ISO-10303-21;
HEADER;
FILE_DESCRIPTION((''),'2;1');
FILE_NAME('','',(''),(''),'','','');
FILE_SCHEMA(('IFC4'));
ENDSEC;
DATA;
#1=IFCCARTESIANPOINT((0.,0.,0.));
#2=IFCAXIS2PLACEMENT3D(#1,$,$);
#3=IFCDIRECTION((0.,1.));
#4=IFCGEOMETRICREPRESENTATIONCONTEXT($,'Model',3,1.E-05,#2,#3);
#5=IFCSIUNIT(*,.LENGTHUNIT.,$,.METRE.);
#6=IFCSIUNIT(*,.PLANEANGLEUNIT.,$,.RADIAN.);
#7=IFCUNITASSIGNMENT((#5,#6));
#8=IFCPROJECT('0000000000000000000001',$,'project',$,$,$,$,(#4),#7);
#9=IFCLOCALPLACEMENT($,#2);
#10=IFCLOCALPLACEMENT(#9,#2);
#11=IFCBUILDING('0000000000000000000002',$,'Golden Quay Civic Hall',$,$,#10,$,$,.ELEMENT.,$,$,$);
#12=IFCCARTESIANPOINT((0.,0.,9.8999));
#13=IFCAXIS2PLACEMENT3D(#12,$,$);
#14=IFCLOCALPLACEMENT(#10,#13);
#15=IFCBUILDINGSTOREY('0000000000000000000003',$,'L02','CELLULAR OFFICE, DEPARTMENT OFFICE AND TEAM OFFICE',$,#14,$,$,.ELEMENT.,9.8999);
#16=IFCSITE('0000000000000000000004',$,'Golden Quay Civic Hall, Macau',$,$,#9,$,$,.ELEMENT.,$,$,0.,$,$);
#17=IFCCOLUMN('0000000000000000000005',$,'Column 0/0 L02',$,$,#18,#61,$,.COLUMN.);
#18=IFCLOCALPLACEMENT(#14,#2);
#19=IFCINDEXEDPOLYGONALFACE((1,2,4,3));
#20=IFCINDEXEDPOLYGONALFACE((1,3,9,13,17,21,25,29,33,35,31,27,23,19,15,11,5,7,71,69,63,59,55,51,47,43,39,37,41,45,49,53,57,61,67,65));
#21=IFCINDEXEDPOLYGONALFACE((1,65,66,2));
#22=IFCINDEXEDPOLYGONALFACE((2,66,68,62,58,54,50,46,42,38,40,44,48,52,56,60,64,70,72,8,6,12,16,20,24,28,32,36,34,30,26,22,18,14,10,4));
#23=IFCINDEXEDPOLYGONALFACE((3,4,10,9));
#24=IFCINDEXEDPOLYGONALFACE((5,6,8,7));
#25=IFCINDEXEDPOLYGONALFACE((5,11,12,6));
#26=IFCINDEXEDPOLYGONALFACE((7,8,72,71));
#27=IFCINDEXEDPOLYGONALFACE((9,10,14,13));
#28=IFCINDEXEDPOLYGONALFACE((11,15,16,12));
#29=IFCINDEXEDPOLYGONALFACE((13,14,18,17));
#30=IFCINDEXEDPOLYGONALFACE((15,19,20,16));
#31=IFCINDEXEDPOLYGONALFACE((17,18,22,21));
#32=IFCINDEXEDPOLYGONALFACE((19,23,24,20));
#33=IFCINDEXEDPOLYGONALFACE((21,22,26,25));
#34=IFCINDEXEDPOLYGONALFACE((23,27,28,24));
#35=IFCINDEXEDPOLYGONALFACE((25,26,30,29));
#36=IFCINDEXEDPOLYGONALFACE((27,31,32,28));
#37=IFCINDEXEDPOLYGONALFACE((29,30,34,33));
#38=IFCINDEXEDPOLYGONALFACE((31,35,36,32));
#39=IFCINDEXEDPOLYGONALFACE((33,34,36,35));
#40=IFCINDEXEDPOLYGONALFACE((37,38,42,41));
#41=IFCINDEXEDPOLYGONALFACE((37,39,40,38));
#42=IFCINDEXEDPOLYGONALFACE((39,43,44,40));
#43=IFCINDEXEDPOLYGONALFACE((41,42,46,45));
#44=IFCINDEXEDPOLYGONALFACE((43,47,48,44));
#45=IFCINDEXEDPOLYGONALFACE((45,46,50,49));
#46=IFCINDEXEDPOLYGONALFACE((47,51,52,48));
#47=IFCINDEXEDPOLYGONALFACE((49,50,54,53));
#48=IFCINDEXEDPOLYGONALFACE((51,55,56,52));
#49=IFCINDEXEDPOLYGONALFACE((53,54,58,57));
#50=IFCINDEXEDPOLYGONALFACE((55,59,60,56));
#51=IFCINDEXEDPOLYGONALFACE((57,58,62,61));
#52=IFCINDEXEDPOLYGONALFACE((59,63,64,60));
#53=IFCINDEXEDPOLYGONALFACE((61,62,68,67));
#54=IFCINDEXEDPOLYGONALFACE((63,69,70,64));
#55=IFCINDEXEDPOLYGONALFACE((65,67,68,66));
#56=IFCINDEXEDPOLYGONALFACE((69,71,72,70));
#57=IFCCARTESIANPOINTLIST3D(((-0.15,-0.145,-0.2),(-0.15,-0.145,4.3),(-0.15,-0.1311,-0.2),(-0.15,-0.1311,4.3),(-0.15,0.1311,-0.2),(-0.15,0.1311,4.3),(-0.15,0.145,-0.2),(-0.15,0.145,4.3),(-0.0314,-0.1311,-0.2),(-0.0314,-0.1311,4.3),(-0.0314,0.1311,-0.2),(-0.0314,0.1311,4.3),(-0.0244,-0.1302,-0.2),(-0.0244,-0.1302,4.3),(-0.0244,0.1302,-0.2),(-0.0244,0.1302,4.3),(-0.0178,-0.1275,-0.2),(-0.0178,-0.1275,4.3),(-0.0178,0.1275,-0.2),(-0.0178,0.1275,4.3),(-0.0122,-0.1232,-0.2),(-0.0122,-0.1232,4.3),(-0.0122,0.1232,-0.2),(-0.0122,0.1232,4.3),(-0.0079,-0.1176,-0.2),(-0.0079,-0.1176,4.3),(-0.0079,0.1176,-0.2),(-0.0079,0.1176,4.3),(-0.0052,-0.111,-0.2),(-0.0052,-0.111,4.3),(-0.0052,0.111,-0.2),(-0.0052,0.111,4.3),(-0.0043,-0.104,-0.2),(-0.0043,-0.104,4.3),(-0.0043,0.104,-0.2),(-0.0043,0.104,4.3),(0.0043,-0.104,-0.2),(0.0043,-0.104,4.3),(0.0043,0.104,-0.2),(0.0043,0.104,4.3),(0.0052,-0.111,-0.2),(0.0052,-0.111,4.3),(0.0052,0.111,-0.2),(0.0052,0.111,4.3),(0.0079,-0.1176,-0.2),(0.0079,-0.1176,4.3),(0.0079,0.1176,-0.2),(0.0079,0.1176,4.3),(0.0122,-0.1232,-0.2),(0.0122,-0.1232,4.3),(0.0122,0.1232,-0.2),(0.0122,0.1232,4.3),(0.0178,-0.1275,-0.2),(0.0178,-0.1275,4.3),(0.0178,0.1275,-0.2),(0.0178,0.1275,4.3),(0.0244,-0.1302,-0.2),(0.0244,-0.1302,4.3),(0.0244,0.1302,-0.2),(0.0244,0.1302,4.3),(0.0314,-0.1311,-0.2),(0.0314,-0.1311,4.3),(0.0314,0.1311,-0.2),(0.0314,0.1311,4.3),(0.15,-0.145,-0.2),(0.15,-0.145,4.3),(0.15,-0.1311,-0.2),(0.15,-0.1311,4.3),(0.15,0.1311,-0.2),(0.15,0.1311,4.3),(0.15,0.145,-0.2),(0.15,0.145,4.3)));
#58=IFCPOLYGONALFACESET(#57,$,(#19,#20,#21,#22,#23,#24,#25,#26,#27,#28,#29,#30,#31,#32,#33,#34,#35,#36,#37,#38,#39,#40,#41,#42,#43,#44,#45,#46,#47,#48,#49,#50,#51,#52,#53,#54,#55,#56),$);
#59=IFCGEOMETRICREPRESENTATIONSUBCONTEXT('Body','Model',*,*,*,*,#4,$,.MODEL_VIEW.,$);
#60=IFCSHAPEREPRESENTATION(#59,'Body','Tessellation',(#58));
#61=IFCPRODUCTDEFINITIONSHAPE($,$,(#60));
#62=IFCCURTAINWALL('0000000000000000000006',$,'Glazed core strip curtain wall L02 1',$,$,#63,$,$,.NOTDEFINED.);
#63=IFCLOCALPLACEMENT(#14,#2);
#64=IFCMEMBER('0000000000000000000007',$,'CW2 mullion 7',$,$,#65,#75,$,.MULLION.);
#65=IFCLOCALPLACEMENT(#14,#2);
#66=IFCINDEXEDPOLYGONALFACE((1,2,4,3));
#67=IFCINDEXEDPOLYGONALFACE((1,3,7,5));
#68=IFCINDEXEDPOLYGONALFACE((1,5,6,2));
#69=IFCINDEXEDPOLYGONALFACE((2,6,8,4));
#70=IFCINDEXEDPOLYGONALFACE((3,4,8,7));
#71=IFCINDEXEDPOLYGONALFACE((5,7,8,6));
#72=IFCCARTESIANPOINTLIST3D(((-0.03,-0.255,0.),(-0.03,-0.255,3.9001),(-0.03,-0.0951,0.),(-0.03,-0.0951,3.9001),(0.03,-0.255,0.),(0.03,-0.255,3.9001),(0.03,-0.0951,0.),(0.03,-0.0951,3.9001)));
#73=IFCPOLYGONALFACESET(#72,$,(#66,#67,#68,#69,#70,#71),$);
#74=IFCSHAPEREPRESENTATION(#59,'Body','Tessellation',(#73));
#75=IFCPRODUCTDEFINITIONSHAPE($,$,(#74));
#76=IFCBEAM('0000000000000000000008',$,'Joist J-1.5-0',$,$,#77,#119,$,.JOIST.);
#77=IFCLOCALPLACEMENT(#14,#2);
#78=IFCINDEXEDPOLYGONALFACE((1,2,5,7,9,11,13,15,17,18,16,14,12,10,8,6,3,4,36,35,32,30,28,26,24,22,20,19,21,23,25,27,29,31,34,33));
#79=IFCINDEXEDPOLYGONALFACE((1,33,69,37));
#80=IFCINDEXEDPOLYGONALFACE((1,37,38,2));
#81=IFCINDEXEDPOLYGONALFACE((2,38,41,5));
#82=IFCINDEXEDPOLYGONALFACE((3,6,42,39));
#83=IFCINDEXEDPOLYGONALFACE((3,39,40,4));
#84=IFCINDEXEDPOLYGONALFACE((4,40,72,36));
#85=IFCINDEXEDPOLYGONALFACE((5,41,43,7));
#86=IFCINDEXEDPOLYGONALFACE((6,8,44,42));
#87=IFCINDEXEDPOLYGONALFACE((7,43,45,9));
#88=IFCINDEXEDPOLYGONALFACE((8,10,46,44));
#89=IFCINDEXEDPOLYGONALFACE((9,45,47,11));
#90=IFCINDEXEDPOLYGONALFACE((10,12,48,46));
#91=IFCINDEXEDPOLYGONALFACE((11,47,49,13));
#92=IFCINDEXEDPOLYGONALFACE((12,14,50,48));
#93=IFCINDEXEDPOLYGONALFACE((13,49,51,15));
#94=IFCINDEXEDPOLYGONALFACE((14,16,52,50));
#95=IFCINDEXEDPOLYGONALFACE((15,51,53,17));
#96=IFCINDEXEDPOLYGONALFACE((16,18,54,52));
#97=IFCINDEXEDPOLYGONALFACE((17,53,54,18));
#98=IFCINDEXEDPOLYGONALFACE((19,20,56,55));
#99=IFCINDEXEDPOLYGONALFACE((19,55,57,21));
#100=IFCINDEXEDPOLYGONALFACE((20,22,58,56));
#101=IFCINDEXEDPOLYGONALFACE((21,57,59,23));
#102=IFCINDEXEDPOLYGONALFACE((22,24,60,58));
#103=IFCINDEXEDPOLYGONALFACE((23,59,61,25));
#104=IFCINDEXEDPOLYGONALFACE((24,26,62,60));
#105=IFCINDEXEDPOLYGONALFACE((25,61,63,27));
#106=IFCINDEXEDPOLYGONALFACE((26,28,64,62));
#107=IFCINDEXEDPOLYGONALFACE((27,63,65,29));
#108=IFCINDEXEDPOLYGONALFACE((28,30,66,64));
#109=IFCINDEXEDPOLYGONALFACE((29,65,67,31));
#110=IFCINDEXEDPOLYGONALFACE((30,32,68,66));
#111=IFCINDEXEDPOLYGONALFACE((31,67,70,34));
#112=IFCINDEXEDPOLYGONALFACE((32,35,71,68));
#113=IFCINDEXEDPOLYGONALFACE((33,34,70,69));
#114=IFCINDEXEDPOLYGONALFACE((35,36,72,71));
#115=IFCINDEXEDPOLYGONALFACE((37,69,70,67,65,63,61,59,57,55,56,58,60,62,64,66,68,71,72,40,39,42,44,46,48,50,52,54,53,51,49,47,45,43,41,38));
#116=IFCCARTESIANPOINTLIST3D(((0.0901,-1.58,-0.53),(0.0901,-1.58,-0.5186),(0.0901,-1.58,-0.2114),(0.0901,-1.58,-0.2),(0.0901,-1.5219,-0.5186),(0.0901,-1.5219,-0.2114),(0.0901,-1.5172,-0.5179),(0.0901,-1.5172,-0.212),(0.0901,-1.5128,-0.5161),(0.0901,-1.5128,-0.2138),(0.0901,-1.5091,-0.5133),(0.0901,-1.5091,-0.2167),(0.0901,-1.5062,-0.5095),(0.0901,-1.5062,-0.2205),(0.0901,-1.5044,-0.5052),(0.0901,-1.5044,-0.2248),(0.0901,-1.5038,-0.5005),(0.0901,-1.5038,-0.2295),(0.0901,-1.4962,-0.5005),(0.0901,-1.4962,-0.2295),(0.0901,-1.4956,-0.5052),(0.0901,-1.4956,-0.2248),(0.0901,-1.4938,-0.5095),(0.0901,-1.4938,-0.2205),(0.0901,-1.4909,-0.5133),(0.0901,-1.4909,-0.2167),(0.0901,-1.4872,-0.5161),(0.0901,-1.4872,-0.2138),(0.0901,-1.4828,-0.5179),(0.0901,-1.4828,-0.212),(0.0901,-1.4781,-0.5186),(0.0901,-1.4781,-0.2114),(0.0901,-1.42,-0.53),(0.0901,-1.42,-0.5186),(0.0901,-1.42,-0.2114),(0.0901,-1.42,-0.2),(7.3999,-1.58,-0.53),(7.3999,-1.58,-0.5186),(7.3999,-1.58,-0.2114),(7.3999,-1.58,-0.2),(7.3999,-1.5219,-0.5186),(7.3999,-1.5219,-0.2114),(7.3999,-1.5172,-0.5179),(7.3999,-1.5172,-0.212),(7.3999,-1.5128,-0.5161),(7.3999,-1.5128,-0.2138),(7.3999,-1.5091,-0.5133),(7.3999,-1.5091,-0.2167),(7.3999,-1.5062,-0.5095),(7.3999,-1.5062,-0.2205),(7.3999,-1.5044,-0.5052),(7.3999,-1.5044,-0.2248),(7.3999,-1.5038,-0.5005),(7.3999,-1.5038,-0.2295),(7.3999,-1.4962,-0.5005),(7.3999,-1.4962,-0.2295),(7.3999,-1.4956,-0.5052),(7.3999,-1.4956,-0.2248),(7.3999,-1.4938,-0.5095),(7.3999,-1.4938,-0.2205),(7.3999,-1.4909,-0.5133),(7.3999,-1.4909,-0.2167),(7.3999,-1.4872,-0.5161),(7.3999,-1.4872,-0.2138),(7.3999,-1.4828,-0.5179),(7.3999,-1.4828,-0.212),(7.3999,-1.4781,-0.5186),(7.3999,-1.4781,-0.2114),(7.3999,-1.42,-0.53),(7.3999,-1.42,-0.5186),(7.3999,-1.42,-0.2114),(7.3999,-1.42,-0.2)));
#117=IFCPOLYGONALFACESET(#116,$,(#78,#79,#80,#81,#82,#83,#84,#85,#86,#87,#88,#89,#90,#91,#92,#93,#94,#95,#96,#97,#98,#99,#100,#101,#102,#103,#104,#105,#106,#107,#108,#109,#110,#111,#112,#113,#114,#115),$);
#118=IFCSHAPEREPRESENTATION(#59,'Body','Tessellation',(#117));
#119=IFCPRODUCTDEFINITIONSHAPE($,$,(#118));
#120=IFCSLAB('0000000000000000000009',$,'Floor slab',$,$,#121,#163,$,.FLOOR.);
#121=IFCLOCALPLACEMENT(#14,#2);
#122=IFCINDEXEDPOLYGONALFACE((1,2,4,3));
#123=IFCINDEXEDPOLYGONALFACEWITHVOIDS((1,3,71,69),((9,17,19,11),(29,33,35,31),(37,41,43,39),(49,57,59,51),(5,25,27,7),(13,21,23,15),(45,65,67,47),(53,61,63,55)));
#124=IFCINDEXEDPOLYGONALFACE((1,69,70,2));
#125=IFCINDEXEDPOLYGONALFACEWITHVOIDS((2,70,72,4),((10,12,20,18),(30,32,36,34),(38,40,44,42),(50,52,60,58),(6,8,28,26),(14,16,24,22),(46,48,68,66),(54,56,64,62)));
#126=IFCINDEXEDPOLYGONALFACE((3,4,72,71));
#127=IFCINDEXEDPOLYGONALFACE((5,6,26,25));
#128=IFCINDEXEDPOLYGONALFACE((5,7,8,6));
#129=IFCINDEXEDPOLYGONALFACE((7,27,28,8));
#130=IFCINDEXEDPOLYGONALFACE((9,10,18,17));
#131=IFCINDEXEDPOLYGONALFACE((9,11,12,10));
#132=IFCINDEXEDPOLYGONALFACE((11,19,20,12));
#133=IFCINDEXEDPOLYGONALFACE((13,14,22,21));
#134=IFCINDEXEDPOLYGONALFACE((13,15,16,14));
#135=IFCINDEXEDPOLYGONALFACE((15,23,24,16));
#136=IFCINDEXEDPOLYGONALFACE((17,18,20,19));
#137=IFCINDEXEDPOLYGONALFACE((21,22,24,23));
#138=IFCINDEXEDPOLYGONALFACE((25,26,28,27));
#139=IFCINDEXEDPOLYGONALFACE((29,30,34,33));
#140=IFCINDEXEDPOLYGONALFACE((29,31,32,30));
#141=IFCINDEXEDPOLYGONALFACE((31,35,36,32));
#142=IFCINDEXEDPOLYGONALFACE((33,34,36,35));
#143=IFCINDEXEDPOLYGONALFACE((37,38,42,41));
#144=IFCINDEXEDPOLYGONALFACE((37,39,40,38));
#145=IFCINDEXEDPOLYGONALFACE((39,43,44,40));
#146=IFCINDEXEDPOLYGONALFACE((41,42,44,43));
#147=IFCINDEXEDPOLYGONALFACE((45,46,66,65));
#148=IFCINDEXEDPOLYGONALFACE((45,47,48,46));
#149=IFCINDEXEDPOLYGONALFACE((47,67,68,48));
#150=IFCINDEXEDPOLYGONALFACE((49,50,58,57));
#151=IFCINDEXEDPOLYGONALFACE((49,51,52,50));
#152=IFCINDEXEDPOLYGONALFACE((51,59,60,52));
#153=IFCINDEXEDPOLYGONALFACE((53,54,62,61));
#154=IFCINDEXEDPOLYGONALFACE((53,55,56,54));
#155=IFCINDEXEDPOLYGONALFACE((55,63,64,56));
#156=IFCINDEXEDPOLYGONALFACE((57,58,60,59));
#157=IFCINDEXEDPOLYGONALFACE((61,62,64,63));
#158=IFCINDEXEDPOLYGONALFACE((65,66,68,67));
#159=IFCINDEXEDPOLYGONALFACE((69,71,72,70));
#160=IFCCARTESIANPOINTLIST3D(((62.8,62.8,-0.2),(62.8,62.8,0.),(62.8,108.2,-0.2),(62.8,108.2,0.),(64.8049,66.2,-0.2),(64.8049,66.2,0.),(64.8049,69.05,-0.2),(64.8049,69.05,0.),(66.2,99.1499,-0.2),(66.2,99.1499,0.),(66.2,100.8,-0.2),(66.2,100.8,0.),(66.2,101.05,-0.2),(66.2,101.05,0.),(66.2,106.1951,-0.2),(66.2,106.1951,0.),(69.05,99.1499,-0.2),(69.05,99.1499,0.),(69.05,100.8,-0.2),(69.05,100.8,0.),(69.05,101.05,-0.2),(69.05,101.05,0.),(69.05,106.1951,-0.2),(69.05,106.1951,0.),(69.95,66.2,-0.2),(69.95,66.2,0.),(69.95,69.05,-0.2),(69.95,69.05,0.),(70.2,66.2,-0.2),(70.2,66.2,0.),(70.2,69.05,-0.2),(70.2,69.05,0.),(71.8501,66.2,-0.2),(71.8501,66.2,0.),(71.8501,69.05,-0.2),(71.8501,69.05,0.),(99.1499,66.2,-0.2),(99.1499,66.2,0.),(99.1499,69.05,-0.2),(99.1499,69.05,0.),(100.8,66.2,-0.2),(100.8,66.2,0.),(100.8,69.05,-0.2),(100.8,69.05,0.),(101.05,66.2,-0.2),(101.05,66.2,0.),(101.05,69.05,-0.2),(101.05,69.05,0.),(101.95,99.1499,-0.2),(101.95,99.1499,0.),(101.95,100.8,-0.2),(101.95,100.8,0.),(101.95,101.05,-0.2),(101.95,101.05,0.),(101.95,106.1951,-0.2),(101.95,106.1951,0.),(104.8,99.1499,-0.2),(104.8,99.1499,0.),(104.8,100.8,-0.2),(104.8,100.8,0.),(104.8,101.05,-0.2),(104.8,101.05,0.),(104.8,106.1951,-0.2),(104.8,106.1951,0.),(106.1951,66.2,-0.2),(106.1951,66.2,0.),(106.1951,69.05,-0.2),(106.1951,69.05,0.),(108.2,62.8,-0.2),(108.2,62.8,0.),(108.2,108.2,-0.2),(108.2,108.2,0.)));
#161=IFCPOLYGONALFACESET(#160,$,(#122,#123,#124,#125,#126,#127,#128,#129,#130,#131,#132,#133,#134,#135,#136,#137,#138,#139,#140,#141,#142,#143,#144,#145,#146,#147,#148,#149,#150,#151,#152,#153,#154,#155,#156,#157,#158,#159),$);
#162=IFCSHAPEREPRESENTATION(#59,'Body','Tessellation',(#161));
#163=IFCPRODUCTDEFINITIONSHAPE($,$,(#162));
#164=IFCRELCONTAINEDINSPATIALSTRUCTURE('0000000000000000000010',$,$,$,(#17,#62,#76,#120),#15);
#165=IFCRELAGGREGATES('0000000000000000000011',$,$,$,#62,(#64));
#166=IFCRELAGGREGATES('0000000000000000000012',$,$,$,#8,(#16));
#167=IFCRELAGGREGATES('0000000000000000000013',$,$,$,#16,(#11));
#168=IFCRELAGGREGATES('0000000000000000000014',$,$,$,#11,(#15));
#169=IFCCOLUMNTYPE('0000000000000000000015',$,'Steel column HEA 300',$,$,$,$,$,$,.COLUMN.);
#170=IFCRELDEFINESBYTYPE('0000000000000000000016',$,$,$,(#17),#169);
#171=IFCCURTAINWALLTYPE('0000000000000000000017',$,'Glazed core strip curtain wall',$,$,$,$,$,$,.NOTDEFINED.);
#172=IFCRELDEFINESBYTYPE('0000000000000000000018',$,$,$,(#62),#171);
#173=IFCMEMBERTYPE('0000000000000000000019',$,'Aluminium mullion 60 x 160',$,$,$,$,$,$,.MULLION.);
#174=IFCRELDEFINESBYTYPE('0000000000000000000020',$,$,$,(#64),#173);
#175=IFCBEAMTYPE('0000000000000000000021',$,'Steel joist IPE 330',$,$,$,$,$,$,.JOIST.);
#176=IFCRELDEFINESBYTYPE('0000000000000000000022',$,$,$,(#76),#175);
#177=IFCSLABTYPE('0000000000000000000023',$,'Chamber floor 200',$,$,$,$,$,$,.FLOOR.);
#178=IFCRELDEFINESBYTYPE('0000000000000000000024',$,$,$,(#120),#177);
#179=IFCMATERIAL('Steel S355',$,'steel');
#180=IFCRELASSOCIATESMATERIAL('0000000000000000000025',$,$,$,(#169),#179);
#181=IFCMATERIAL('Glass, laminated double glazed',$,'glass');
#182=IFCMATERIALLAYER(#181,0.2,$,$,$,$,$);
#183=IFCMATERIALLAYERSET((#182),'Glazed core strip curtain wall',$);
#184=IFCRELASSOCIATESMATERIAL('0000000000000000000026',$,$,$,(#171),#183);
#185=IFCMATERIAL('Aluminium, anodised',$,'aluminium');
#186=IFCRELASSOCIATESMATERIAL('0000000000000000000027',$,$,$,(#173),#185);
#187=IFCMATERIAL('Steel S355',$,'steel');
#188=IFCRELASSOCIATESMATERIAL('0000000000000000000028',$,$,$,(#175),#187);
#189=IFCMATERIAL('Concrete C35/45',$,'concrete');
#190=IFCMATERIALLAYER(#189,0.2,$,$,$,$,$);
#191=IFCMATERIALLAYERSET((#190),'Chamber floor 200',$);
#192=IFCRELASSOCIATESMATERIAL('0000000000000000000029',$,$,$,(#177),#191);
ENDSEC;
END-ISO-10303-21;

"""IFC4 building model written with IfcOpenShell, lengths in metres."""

from ifc_helpers import new_model, si_unit, direction, frame, origin, origin_2d, place, context, subcontext, project, spatial, polyline, rectangle, i_section, outline, extrude, material, layer, layer_set, material_profile, profile_set, type_object, element, aggregate, save


model = new_model("IFC4")

# Units and contexts
model_context = context("Model", 3, precision=1e-05, world=origin(), true_north=direction((0.0, 1.0)))
body_context = subcontext(model_context, "Body", "Model", "MODEL_VIEW")
ifc_project = project(units=[si_unit("LENGTHUNIT", "METRE"), si_unit("PLANEANGLEUNIT", "RADIAN")], contexts=[model_context])

# Site, building, storey
site_placement = place(None, origin())
site = spatial("IfcSite", under=ifc_project, at=site_placement, Name="Golden Quay Civic Hall, Macau", CompositionType="ELEMENT", RefElevation=0.0)
building_placement = place(site_placement, origin())
building = spatial("IfcBuilding", under=site, at=building_placement, Name="Golden Quay Civic Hall", CompositionType="ELEMENT")
storey_placement = place(building_placement, frame((0.0, 0.0, 9.8999)))
storey = spatial("IfcBuildingStorey", under=building, at=storey_placement, Name="L02", Description="CELLULAR OFFICE, DEPARTMENT OFFICE AND TEAM OFFICE", CompositionType="ELEMENT", Elevation=9.8999)

# Column
ifc_material_1 = material(Name="Steel S355", Category="steel")
ifc_material_profile_1 = material_profile(ifc_material_1, i_section(OverallWidth=0.3, OverallDepth=0.29, WebThickness=0.0085, FlangeThickness=0.0139, FilletRadius=0.0271, at=origin_2d()), Name="HEA 300")
ifc_profile_set_1 = profile_set([ifc_material_profile_1], Name="Steel S355")
column_type = type_object("IfcColumnType", Name="Steel column HEA 300", PredefinedType="COLUMN", material=ifc_profile_set_1)
column_placement = place(storey_placement, frame((0.0, 0.0, -0.2), z_axis=(0.0, 0.0, 1.0), x_axis=(1.0, 0.0, 0.0)))
element("IfcColumn", 1, at=column_placement, inside=storey, type_object=column_type, Name="Column 0/0 L02", PredefinedType="COLUMN", context=body_context, shape_type="SweptSolid", body=[
    extrude(i_section(OverallWidth=0.3, OverallDepth=0.29, WebThickness=0.0085, FlangeThickness=0.0139, FilletRadius=0.0271, at=origin_2d()), origin(), (0.0, 0.0, 1.0), 4.5),
])

# Curtain wall, member
ifc_material_2 = material(Name="Glass, laminated double glazed", Category="glass")
ifc_layer_1 = layer(ifc_material_2, 0.2)
ifc_layer_set_1 = layer_set([ifc_layer_1], Name="Glazed core strip curtain wall")
curtain_wall_type = type_object("IfcCurtainWallType", Name="Glazed core strip curtain wall", PredefinedType="NOTDEFINED", material=ifc_layer_set_1)
curtain_wall_placement = place(storey_placement, origin())
curtain_wall = element("IfcCurtainWall", 2, at=curtain_wall_placement, inside=storey, type_object=curtain_wall_type, Name="Glazed core strip curtain wall L02 1", PredefinedType="NOTDEFINED")
ifc_material_3 = material(Name="Aluminium, anodised", Category="aluminium")
ifc_material_profile_2 = material_profile(ifc_material_3, rectangle(XDim=0.0601, YDim=0.1599, at=origin_2d()), Name="Aluminium 60 x 160")
ifc_profile_set_2 = profile_set([ifc_material_profile_2], Name="Aluminium, anodised")
member_type = type_object("IfcMemberType", Name="Aluminium mullion 60 x 160", PredefinedType="MULLION", material=ifc_profile_set_2)
member_placement = place(storey_placement, frame((0.0, -0.175, 0.0), z_axis=(0.0, 0.0, 1.0), x_axis=(-1.0, 0.0, 0.0)))
member = element("IfcMember", 3, at=member_placement, type_object=member_type, Name="CW2 mullion 7", PredefinedType="MULLION", context=body_context, shape_type="SweptSolid", body=[
    extrude(rectangle(XDim=0.0601, YDim=0.1599, at=origin_2d()), origin(), (0.0, 0.0, 1.0), 3.9001),
])

# Beam
ifc_material_4 = material(Name="Steel S355", Category="steel")
ifc_material_profile_3 = material_profile(ifc_material_4, i_section(OverallWidth=0.1599, OverallDepth=0.3301, WebThickness=0.0076, FlangeThickness=0.0115, FilletRadius=0.0181, at=origin_2d()), Name="IPE 330")
ifc_profile_set_3 = profile_set([ifc_material_profile_3], Name="Steel S355")
beam_type = type_object("IfcBeamType", Name="Steel joist IPE 330", PredefinedType="JOIST", material=ifc_profile_set_3)
beam_placement = place(storey_placement, frame((0.0901, -1.5, -0.365), z_axis=(1.0, 0.0, 0.0), x_axis=(0.0, 1.0, 0.0)))
element("IfcBeam", 4, at=beam_placement, inside=storey, type_object=beam_type, Name="Joist J-1.5-0", PredefinedType="JOIST", context=body_context, shape_type="SweptSolid", body=[
    extrude(i_section(OverallWidth=0.1599, OverallDepth=0.3301, WebThickness=0.0076, FlangeThickness=0.0115, FilletRadius=0.0181, at=origin_2d()), origin(), (0.0, 0.0, 1.0), 7.3098),
])

# Slab
ifc_material_5 = material(Name="Concrete C35/45", Category="concrete")
ifc_layer_2 = layer(ifc_material_5, 0.2)
ifc_layer_set_2 = layer_set([ifc_layer_2], Name="Chamber floor 200")
slab_type_1 = type_object("IfcSlabType", Name="Chamber floor 200", PredefinedType="FLOOR", material=ifc_layer_set_2)
slab_1_placement = place(storey_placement, frame((0.0, 0.0, -0.2)))
element("IfcSlab", 5, at=slab_1_placement, inside=storey, type_object=slab_type_1, Name="Floor slab", PredefinedType="FLOOR", context=body_context, shape_type="SweptSolid", body=[
    extrude(outline(polyline([(62.8, 62.8), (62.8, 108.2), (108.2, 108.2), (108.2, 62.8), (62.8, 62.8)]), holes=[polyline([(69.95, 69.05), (64.8049, 69.05), (64.8049, 66.2), (69.95, 66.2), (69.95, 69.05)]), polyline([(71.8501, 69.05), (70.2, 69.05), (70.2, 66.2), (71.8501, 66.2), (71.8501, 69.05)]), polyline([(99.1499, 69.05), (99.1499, 66.2), (100.8, 66.2), (100.8, 69.05), (99.1499, 69.05)]), polyline([(101.05, 66.2), (106.1951, 66.2), (106.1951, 69.05), (101.05, 69.05), (101.05, 66.2)]), polyline([(69.05, 99.1499), (69.05, 100.8), (66.2, 100.8), (66.2, 99.1499), (69.05, 99.1499)]), polyline([(101.95, 99.1499), (104.8, 99.1499), (104.8, 100.8), (101.95, 100.8), (101.95, 99.1499)]), polyline([(69.05, 101.05), (69.05, 106.1951), (66.2, 106.1951), (66.2, 101.05), (69.05, 101.05)]), polyline([(104.8, 101.05), (104.8, 106.1951), (101.95, 106.1951), (101.95, 101.05), (104.8, 101.05)])]), origin(), (0.0, 0.0, 1.0), 0.2),
])

aggregate(curtain_wall, [member])

save(model, "model.ifc")
